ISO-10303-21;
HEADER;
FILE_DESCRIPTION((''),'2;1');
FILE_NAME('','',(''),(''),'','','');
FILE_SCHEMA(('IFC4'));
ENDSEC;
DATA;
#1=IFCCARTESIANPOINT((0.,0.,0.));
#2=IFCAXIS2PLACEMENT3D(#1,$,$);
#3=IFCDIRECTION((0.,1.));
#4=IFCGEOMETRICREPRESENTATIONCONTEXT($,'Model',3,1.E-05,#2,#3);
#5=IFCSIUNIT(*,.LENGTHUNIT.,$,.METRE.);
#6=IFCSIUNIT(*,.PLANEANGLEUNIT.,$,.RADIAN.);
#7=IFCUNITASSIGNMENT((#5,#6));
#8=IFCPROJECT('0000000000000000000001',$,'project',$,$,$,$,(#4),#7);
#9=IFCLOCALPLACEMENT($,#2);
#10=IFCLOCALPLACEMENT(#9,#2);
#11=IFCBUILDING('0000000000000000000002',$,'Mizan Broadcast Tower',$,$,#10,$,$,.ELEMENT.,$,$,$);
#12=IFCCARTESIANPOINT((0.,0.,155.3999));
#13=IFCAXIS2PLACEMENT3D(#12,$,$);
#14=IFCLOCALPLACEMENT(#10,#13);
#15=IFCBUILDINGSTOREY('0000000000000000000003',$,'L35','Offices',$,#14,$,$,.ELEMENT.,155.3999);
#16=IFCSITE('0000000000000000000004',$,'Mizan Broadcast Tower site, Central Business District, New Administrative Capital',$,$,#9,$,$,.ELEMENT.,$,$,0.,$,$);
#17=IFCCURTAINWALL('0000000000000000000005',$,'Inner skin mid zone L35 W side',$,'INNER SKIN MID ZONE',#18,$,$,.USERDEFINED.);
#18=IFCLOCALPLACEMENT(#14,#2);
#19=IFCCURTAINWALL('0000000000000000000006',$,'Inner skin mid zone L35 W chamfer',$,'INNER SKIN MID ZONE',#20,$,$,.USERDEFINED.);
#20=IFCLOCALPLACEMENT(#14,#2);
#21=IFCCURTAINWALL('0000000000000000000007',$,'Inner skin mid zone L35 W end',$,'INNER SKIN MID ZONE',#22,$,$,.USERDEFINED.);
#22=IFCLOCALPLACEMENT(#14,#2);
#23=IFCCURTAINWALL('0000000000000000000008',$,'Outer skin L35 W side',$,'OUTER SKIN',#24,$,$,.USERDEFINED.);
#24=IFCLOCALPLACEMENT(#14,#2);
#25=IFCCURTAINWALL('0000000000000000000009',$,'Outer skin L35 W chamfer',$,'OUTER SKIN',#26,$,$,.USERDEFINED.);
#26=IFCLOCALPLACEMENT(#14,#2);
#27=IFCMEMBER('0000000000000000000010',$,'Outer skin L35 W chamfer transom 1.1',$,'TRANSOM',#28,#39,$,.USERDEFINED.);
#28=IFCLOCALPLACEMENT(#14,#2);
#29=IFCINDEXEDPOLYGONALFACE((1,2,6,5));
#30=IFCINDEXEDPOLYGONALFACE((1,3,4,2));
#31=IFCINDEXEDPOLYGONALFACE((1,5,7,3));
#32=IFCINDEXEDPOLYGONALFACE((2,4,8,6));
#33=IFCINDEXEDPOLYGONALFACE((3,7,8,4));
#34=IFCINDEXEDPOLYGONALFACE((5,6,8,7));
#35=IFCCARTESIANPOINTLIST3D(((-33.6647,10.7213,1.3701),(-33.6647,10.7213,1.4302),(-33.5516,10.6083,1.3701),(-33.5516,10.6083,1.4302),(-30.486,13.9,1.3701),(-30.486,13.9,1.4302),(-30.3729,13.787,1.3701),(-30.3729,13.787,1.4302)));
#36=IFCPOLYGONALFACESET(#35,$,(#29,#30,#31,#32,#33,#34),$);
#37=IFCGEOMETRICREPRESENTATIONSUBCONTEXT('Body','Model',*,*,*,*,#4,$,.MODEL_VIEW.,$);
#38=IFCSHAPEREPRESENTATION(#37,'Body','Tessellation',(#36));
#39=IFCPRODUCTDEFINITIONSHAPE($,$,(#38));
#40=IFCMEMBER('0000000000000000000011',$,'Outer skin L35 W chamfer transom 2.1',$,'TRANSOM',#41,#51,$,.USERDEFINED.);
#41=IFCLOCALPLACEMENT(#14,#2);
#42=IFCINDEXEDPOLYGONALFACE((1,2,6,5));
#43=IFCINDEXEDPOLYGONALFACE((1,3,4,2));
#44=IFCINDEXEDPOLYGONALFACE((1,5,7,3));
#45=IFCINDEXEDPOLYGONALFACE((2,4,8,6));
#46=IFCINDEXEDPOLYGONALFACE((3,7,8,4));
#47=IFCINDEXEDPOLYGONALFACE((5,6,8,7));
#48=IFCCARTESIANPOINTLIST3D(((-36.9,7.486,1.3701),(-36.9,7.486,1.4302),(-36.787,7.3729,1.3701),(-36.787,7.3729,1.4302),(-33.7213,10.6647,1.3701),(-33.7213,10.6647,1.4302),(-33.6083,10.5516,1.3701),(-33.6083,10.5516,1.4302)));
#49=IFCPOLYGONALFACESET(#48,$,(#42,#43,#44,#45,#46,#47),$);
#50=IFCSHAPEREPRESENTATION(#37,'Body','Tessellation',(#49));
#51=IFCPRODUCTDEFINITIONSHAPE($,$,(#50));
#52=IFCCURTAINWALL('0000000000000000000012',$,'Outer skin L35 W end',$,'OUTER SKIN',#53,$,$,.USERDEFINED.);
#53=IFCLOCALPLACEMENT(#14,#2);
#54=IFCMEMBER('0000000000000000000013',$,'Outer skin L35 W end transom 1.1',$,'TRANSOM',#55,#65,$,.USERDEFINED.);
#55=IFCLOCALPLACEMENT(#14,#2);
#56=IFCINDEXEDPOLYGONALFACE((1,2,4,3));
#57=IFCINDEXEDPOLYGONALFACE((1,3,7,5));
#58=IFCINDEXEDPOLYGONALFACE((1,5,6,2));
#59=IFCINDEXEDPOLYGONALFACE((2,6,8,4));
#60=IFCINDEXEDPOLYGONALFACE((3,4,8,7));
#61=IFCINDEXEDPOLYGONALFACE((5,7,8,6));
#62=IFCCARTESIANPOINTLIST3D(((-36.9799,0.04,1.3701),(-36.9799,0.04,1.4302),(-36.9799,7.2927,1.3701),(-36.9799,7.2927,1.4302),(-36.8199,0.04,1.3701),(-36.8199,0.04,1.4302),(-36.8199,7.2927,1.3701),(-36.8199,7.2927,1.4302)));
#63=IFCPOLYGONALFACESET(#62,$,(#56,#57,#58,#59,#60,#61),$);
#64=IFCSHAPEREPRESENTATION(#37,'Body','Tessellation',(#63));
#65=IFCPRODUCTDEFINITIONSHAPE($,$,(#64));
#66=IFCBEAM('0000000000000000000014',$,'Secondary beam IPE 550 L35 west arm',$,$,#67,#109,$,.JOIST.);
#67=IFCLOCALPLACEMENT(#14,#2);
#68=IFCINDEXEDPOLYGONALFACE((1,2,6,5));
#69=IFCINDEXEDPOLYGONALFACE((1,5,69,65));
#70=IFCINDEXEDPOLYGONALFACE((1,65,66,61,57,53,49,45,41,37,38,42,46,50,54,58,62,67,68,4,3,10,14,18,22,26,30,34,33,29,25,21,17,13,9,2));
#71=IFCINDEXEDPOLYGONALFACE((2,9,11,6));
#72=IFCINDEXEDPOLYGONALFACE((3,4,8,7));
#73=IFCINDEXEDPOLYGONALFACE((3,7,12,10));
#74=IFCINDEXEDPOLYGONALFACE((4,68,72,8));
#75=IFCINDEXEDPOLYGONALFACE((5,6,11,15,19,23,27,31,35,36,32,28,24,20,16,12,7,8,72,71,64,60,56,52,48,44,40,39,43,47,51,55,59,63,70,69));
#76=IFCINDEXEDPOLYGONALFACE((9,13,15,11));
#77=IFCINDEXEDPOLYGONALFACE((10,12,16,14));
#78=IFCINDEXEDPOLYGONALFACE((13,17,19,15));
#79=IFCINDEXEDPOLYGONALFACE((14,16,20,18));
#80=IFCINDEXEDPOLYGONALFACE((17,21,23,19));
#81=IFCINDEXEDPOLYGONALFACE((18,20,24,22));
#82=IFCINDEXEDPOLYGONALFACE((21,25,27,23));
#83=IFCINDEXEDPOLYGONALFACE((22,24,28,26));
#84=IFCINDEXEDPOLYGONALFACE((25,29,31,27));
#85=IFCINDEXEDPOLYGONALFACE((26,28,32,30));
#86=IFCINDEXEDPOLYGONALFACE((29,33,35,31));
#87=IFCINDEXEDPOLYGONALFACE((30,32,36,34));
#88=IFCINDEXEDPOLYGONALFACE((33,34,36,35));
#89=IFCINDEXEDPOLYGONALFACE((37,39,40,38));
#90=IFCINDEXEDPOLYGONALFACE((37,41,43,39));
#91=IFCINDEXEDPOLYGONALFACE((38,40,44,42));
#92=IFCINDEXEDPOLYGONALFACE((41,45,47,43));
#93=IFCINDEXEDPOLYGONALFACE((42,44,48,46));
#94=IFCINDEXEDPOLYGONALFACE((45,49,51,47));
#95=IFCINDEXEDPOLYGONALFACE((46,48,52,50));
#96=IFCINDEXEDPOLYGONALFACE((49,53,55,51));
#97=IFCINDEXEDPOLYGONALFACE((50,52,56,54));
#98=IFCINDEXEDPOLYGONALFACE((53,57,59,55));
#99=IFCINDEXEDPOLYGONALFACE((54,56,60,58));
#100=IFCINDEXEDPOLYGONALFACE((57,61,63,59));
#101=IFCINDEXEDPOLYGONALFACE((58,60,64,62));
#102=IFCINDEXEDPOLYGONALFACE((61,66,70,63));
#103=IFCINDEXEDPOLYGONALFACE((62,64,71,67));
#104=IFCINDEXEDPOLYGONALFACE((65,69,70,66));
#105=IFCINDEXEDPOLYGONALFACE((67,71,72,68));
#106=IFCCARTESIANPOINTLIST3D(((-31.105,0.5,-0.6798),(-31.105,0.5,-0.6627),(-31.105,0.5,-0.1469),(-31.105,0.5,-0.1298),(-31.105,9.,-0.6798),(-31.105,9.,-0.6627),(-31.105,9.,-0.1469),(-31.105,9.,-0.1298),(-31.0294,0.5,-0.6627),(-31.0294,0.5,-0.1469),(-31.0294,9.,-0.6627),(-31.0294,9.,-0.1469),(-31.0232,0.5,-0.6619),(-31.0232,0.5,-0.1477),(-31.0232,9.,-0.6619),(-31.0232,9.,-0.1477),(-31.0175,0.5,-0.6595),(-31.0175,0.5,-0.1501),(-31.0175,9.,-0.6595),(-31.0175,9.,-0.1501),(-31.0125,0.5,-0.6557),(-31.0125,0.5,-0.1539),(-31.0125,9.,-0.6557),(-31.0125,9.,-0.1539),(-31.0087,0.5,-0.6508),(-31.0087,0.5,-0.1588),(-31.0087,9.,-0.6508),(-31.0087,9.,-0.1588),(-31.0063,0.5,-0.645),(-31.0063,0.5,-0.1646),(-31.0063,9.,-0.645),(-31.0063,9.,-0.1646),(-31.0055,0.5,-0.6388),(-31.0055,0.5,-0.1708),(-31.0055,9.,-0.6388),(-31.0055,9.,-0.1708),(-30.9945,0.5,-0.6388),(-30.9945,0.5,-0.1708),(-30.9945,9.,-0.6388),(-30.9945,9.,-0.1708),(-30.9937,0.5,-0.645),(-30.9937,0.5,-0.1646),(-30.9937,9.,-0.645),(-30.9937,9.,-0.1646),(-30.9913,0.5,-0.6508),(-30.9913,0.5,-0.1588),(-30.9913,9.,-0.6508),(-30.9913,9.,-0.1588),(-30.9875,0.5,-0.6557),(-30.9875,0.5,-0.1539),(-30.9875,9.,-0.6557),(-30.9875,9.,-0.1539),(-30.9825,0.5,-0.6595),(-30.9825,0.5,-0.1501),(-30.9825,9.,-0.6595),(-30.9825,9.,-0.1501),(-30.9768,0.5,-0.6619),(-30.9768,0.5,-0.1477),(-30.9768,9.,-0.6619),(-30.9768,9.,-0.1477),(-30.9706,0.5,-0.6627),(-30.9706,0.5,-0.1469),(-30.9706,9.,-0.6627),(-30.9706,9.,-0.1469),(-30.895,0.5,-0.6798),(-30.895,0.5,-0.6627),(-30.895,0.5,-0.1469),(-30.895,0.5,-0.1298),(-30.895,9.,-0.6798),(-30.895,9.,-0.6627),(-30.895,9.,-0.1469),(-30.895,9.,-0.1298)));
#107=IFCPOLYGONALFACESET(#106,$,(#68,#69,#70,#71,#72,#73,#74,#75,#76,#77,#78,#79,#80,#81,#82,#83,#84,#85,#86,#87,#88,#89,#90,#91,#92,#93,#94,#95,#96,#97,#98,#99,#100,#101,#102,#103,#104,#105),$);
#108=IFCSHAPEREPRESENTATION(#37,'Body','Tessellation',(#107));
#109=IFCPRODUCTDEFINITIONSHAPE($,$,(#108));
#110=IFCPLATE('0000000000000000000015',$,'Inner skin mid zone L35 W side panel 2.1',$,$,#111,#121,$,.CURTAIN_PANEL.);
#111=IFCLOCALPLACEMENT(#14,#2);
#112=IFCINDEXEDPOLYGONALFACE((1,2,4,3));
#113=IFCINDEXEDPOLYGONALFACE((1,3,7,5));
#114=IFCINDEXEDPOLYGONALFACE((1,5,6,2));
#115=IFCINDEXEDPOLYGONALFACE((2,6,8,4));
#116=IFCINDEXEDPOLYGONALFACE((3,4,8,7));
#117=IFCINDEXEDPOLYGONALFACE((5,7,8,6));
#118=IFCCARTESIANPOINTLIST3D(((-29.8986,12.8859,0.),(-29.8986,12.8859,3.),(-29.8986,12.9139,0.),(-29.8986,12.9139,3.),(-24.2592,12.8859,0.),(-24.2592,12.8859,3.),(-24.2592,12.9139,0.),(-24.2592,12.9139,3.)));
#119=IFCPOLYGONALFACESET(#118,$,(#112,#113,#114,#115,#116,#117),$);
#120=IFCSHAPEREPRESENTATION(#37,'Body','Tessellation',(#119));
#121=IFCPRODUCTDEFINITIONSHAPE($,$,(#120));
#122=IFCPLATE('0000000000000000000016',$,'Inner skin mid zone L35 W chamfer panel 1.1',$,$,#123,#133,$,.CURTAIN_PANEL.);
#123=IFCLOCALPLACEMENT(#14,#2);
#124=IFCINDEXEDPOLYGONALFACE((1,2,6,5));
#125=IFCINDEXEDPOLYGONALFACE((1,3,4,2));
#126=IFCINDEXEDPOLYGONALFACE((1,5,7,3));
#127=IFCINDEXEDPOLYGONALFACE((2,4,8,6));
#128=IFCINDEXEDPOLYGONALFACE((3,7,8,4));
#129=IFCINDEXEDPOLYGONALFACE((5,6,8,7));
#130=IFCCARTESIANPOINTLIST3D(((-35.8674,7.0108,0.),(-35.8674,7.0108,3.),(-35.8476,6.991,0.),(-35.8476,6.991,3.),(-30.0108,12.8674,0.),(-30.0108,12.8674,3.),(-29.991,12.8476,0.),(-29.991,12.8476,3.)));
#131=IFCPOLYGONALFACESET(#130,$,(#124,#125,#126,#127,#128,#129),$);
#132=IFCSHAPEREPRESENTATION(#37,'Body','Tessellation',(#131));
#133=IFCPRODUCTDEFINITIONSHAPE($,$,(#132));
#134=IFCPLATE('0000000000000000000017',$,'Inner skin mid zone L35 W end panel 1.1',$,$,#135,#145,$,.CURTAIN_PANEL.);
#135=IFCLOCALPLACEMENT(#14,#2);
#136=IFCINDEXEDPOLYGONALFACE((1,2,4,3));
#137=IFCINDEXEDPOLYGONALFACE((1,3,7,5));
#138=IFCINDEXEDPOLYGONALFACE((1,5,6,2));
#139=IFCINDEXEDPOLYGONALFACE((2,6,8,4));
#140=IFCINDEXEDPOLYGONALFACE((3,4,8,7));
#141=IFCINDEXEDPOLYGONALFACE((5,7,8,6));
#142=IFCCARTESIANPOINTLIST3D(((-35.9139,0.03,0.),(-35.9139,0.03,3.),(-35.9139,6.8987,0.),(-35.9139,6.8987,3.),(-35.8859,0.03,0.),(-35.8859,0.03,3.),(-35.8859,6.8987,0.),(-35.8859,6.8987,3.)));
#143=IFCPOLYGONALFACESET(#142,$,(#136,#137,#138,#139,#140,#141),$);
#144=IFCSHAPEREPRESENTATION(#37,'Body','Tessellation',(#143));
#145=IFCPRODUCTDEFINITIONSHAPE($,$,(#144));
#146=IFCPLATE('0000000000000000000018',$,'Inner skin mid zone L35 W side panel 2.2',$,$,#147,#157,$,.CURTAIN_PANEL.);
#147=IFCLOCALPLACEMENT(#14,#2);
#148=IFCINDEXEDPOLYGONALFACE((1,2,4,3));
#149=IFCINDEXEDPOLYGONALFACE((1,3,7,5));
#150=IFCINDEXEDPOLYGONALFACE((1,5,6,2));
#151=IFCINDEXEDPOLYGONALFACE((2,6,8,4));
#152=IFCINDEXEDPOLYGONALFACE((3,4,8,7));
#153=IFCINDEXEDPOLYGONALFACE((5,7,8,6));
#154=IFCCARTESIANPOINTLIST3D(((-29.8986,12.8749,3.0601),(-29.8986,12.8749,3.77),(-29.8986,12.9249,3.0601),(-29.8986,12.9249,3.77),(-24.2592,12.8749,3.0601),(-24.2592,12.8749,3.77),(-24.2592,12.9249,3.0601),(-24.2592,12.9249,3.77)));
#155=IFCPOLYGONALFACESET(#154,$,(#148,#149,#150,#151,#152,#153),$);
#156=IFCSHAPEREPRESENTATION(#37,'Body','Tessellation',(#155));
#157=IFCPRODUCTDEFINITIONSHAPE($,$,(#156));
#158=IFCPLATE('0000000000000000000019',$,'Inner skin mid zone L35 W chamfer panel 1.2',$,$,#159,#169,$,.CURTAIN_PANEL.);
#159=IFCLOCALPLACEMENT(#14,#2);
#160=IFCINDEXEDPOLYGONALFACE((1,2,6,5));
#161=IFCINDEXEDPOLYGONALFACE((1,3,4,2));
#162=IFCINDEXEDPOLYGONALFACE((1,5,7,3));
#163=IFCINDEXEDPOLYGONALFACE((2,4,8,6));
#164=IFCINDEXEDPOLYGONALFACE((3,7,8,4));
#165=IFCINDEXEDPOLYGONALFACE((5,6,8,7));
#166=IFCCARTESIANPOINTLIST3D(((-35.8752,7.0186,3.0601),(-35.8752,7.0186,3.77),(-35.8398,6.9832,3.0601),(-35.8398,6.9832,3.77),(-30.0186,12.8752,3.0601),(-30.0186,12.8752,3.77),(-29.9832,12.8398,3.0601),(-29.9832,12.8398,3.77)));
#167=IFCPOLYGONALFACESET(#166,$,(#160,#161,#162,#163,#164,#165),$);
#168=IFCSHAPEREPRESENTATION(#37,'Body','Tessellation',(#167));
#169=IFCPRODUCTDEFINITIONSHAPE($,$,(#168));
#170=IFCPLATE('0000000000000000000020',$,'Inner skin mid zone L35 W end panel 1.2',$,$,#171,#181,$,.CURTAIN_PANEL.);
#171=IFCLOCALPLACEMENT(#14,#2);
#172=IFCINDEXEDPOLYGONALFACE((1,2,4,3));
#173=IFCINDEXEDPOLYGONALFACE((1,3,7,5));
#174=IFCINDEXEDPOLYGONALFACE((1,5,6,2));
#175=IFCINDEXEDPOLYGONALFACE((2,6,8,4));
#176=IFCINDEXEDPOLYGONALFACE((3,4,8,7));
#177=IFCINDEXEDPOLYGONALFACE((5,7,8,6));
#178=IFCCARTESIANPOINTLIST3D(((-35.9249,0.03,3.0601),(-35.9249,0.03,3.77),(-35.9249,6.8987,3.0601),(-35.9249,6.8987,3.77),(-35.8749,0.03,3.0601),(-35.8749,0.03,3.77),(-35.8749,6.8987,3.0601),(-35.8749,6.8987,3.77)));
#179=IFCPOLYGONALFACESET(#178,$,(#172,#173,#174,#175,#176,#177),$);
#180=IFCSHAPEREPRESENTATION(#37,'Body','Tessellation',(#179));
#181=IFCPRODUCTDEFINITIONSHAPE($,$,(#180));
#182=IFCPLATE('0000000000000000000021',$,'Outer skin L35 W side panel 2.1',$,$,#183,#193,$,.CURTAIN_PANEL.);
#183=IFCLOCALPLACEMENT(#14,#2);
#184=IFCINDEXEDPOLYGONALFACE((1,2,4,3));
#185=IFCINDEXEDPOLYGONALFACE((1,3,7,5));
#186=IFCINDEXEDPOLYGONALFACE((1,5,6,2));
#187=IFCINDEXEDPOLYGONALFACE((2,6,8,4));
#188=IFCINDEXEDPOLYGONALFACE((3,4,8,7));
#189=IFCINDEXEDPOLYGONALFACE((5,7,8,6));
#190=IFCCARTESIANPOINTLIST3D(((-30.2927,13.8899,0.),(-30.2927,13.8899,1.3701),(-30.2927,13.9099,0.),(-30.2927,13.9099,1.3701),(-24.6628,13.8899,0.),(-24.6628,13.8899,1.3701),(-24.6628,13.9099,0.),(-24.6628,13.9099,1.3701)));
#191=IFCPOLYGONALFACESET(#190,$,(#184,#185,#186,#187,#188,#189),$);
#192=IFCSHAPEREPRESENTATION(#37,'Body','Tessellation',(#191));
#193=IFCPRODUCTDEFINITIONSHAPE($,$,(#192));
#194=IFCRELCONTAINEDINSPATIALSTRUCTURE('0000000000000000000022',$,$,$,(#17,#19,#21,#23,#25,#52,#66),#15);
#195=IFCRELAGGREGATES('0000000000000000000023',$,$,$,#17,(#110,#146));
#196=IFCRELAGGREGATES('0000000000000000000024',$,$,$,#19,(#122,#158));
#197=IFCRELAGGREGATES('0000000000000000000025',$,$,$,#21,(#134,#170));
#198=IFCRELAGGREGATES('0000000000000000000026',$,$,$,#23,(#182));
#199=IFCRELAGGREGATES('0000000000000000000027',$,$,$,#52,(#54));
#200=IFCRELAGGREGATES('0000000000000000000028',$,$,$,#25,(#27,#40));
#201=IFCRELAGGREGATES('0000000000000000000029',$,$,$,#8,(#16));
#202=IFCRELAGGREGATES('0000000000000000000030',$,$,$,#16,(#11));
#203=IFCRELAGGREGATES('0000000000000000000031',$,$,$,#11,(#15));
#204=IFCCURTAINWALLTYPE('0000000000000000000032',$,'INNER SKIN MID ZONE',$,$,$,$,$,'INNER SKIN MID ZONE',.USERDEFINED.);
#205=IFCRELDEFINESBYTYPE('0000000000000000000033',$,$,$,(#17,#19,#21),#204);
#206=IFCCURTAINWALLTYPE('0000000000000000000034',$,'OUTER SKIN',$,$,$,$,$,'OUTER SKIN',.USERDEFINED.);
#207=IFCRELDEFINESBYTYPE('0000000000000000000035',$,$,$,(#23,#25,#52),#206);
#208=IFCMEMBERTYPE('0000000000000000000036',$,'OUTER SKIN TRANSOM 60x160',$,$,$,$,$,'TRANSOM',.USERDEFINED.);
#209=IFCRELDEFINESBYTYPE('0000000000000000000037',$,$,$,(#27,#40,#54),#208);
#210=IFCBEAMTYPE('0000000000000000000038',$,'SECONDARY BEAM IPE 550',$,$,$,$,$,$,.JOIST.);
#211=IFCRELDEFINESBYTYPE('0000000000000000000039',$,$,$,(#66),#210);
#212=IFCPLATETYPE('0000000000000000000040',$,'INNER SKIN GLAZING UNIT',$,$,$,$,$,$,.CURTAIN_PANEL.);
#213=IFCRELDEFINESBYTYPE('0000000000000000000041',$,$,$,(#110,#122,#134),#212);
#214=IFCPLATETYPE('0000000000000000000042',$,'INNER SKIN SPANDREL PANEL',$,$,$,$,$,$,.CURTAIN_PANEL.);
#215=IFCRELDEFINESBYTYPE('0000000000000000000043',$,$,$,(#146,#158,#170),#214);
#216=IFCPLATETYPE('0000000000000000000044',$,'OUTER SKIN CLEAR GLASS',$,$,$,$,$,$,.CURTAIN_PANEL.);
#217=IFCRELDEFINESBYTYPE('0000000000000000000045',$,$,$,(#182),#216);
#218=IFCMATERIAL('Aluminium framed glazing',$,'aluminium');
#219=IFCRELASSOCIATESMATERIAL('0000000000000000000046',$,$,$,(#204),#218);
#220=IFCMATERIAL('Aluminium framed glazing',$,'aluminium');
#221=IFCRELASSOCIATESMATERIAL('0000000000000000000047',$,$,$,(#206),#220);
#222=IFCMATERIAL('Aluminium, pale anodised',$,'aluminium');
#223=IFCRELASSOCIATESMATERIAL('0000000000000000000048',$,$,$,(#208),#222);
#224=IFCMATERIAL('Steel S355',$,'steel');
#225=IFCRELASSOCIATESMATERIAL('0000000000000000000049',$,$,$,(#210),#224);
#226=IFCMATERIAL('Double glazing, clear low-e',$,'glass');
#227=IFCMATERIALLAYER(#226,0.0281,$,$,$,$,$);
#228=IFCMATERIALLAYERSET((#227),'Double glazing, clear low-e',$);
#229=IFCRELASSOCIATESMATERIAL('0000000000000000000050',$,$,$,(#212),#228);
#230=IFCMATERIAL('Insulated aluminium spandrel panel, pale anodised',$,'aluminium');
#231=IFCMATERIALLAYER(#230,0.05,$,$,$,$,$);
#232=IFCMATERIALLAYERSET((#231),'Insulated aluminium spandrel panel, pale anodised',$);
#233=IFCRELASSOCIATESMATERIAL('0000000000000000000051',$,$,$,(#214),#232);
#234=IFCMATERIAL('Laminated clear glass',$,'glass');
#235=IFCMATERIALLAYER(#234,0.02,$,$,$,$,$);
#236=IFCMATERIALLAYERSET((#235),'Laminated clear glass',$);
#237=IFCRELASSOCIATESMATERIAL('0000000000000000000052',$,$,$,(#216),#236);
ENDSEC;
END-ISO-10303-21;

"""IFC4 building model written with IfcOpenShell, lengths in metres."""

from ifc_helpers import new_model, si_unit, direction, frame, origin, origin_2d, place, context, subcontext, project, spatial, rectangle, i_section, extrude, material, layer, layer_set, material_profile, profile_set, type_object, element, aggregate, save


model = new_model("IFC4")

# Units and contexts
model_context = context("Model", 3, precision=1e-05, world=origin(), true_north=direction((0.0, 1.0)))
body_context = subcontext(model_context, "Body", "Model", "MODEL_VIEW")
ifc_project = project(units=[si_unit("LENGTHUNIT", "METRE"), si_unit("PLANEANGLEUNIT", "RADIAN")], contexts=[model_context])

# Site, building, storey
site_placement = place(None, origin())
site = spatial("IfcSite", under=ifc_project, at=site_placement, Name="Mizan Broadcast Tower site, Central Business District, New Administrative Capital", CompositionType="ELEMENT", RefElevation=0.0)
building_placement = place(site_placement, origin())
building = spatial("IfcBuilding", under=site, at=building_placement, Name="Mizan Broadcast Tower", CompositionType="ELEMENT")
storey_placement = place(building_placement, frame((0.0, 0.0, 155.3999)))
storey = spatial("IfcBuildingStorey", under=building, at=storey_placement, Name="L35", Description="Offices", CompositionType="ELEMENT", Elevation=155.3999)

# Curtain wall
ifc_material_1 = material(Name="Aluminium framed glazing", Category="aluminium")
curtain_wall_type_1 = type_object("IfcCurtainWallType", Name="INNER SKIN MID ZONE", ElementType="INNER SKIN MID ZONE", PredefinedType="USERDEFINED", material=ifc_material_1)
curtain_wall_1_placement = place(storey_placement, origin())
curtain_wall_1 = element("IfcCurtainWall", 1, at=curtain_wall_1_placement, inside=storey, type_object=curtain_wall_type_1, Name="Inner skin mid zone L35 W side", ObjectType="INNER SKIN MID ZONE", PredefinedType="USERDEFINED")

# Curtain wall
curtain_wall_2_placement = place(storey_placement, origin())
curtain_wall_2 = element("IfcCurtainWall", 2, at=curtain_wall_2_placement, inside=storey, type_object=curtain_wall_type_1, Name="Inner skin mid zone L35 W chamfer", ObjectType="INNER SKIN MID ZONE", PredefinedType="USERDEFINED")

# Curtain walls
curtain_wall_3_placement = place(storey_placement, origin())
curtain_wall_3 = element("IfcCurtainWall", 3, at=curtain_wall_3_placement, inside=storey, type_object=curtain_wall_type_1, Name="Inner skin mid zone L35 W end", ObjectType="INNER SKIN MID ZONE", PredefinedType="USERDEFINED")
ifc_material_2 = material(Name="Aluminium framed glazing", Category="aluminium")
curtain_wall_type_2 = type_object("IfcCurtainWallType", Name="OUTER SKIN", ElementType="OUTER SKIN", PredefinedType="USERDEFINED", material=ifc_material_2)
curtain_wall_4_placement = place(storey_placement, origin())
curtain_wall_4 = element("IfcCurtainWall", 4, at=curtain_wall_4_placement, inside=storey, type_object=curtain_wall_type_2, Name="Outer skin L35 W side", ObjectType="OUTER SKIN", PredefinedType="USERDEFINED")

# Curtain wall, members
curtain_wall_5_placement = place(storey_placement, origin())
curtain_wall_5 = element("IfcCurtainWall", 5, at=curtain_wall_5_placement, inside=storey, type_object=curtain_wall_type_2, Name="Outer skin L35 W chamfer", ObjectType="OUTER SKIN", PredefinedType="USERDEFINED")
ifc_material_3 = material(Name="Aluminium, pale anodised", Category="aluminium")
ifc_material_profile_1 = material_profile(ifc_material_3, rectangle(XDim=0.1599, YDim=0.0601, at=origin_2d()), Name="TRANSOM 160x60")
ifc_profile_set_1 = profile_set([ifc_material_profile_1], Name="Aluminium, pale anodised")
member_type_1 = type_object("IfcMemberType", Name="OUTER SKIN TRANSOM 60x160", ElementType="TRANSOM", PredefinedType="USERDEFINED", material=ifc_profile_set_1)
member_1_placement = place(storey_placement, frame((-30.4294, 13.8435, 1.4001), z_axis=(-0.707107, -0.707107, 0.0), x_axis=(0.707107, -0.707107, 0.0)))
member_1 = element("IfcMember", 6, at=member_1_placement, type_object=member_type_1, Name="Outer skin L35 W chamfer transom 1.1", ObjectType="TRANSOM", PredefinedType="USERDEFINED", context=body_context, shape_type="SweptSolid", body=[
    extrude(rectangle(XDim=0.1599, YDim=0.0601, at=origin_2d()), origin(), (0.0, 0.0, 1.0), 4.4954),
])
member_2_placement = place(storey_placement, frame((-33.6648, 10.6082, 1.4001), z_axis=(-0.707107, -0.707107, 0.0), x_axis=(0.707107, -0.707107, 0.0)))
member_2 = element("IfcMember", 7, at=member_2_placement, type_object=member_type_1, Name="Outer skin L35 W chamfer transom 2.1", ObjectType="TRANSOM", PredefinedType="USERDEFINED", context=body_context, shape_type="SweptSolid", body=[
    extrude(rectangle(XDim=0.1599, YDim=0.0601, at=origin_2d()), origin(), (0.0, 0.0, 1.0), 4.4954),
])

# Curtain wall, member
curtain_wall_6_placement = place(storey_placement, origin())
curtain_wall_6 = element("IfcCurtainWall", 8, at=curtain_wall_6_placement, inside=storey, type_object=curtain_wall_type_2, Name="Outer skin L35 W end", ObjectType="OUTER SKIN", PredefinedType="USERDEFINED")
member_3_placement = place(storey_placement, frame((-36.8999, 7.2927, 1.4001), z_axis=(0.0, -1.0, 0.0), x_axis=(1.0, 0.0, 0.0)))
member_3 = element("IfcMember", 9, at=member_3_placement, type_object=member_type_1, Name="Outer skin L35 W end transom 1.1", ObjectType="TRANSOM", PredefinedType="USERDEFINED", context=body_context, shape_type="SweptSolid", body=[
    extrude(rectangle(XDim=0.1599, YDim=0.0601, at=origin_2d()), origin(), (0.0, 0.0, 1.0), 7.2527),
])

# Beam
ifc_material_4 = material(Name="Steel S355", Category="steel")
ifc_material_profile_2 = material_profile(ifc_material_4, i_section(OverallWidth=0.21, OverallDepth=0.55, WebThickness=0.011, FlangeThickness=0.0171, FilletRadius=0.0239, at=origin_2d()), Name="IPE 550")
ifc_profile_set_2 = profile_set([ifc_material_profile_2], Name="Steel S355")
beam_type_1 = type_object("IfcBeamType", Name="SECONDARY BEAM IPE 550", PredefinedType="JOIST", material=ifc_profile_set_2)
beam_1_placement = place(storey_placement, frame((-31.0, 9.0, -0.4048), z_axis=(0.0, -1.0, 0.0), x_axis=(1.0, 0.0, 0.0)))
element("IfcBeam", 10, at=beam_1_placement, inside=storey, type_object=beam_type_1, Name="Secondary beam IPE 550 L35 west arm", PredefinedType="JOIST", context=body_context, shape_type="SweptSolid", body=[
    extrude(i_section(OverallWidth=0.21, OverallDepth=0.55, WebThickness=0.011, FlangeThickness=0.0171, FilletRadius=0.0239, at=origin_2d()), origin(), (0.0, 0.0, 1.0), 8.5),
])

# Plates
ifc_material_5 = material(Name="Double glazing, clear low-e", Category="glass")
ifc_layer_1 = layer(ifc_material_5, 0.0281)
ifc_layer_set_1 = layer_set([ifc_layer_1], Name="Double glazing, clear low-e")
plate_type_1 = type_object("IfcPlateType", Name="INNER SKIN GLAZING UNIT", PredefinedType="CURTAIN_PANEL", material=ifc_layer_set_1)
plate_1_placement = place(storey_placement, frame((-27.0789, 12.8999, 0.0), z_axis=(0.0, 0.0, 1.0), x_axis=(-1.0, 0.0, 0.0)))
plate_1 = element("IfcPlate", 11, at=plate_1_placement, type_object=plate_type_1, Name="Inner skin mid zone L35 W side panel 2.1", PredefinedType="CURTAIN_PANEL", context=body_context, shape_type="SweptSolid", body=[
    extrude(rectangle(XDim=5.6394, YDim=0.0281, at=origin_2d()), origin(), (0.0, 0.0, 1.0), 3.0),
])
plate_2_placement = place(storey_placement, frame((-32.9292, 9.9292, 0.0), z_axis=(0.0, 0.0, 1.0), x_axis=(-0.707107, -0.707107, 0.0)))
plate_2 = element("IfcPlate", 12, at=plate_2_placement, type_object=plate_type_1, Name="Inner skin mid zone L35 W chamfer panel 1.1", PredefinedType="CURTAIN_PANEL", context=body_context, shape_type="SweptSolid", body=[
    extrude(rectangle(XDim=8.2825, YDim=0.0281, at=origin_2d()), origin(), (0.0, 0.0, 1.0), 3.0),
])
plate_3_placement = place(storey_placement, frame((-35.8999, 3.4644, 0.0), z_axis=(0.0, 0.0, 1.0), x_axis=(0.0, -1.0, 0.0)))
plate_3 = element("IfcPlate", 13, at=plate_3_placement, type_object=plate_type_1, Name="Inner skin mid zone L35 W end panel 1.1", PredefinedType="CURTAIN_PANEL", context=body_context, shape_type="SweptSolid", body=[
    extrude(rectangle(XDim=6.8687, YDim=0.0281, at=origin_2d()), origin(), (0.0, 0.0, 1.0), 3.0),
])
ifc_material_6 = material(Name="Insulated aluminium spandrel panel, pale anodised", Category="aluminium")
ifc_layer_2 = layer(ifc_material_6, 0.05)
ifc_layer_set_2 = layer_set([ifc_layer_2], Name="Insulated aluminium spandrel panel, pale anodised")
plate_type_2 = type_object("IfcPlateType", Name="INNER SKIN SPANDREL PANEL", PredefinedType="CURTAIN_PANEL", material=ifc_layer_set_2)
plate_4_placement = place(storey_placement, frame((-27.0789, 12.8999, 3.0601), z_axis=(0.0, 0.0, 1.0), x_axis=(-1.0, 0.0, 0.0)))
plate_4 = element("IfcPlate", 14, at=plate_4_placement, type_object=plate_type_2, Name="Inner skin mid zone L35 W side panel 2.2", PredefinedType="CURTAIN_PANEL", context=body_context, shape_type="SweptSolid", body=[
    extrude(rectangle(XDim=5.6394, YDim=0.05, at=origin_2d()), origin(), (0.0, 0.0, 1.0), 0.71),
])
aggregate(curtain_wall_1, [plate_1, plate_4])
plate_5_placement = place(storey_placement, frame((-32.9292, 9.9292, 3.0601), z_axis=(0.0, 0.0, 1.0), x_axis=(-0.707107, -0.707107, 0.0)))
plate_5 = element("IfcPlate", 15, at=plate_5_placement, type_object=plate_type_2, Name="Inner skin mid zone L35 W chamfer panel 1.2", PredefinedType="CURTAIN_PANEL", context=body_context, shape_type="SweptSolid", body=[
    extrude(rectangle(XDim=8.2825, YDim=0.05, at=origin_2d()), origin(), (0.0, 0.0, 1.0), 0.71),
])
aggregate(curtain_wall_2, [plate_2, plate_5])
plate_6_placement = place(storey_placement, frame((-35.8999, 3.4644, 3.0601), z_axis=(0.0, 0.0, 1.0), x_axis=(0.0, -1.0, 0.0)))
plate_6 = element("IfcPlate", 16, at=plate_6_placement, type_object=plate_type_2, Name="Inner skin mid zone L35 W end panel 1.2", PredefinedType="CURTAIN_PANEL", context=body_context, shape_type="SweptSolid", body=[
    extrude(rectangle(XDim=6.8687, YDim=0.05, at=origin_2d()), origin(), (0.0, 0.0, 1.0), 0.71),
])
aggregate(curtain_wall_3, [plate_3, plate_6])
ifc_material_7 = material(Name="Laminated clear glass", Category="glass")
ifc_layer_3 = layer(ifc_material_7, 0.02)
ifc_layer_set_3 = layer_set([ifc_layer_3], Name="Laminated clear glass")
plate_type_3 = type_object("IfcPlateType", Name="OUTER SKIN CLEAR GLASS", PredefinedType="CURTAIN_PANEL", material=ifc_layer_set_3)
plate_7_placement = place(storey_placement, frame((-27.4778, 13.8999, 0.0), z_axis=(0.0, 0.0, 1.0), x_axis=(-1.0, 0.0, 0.0)))
plate_7 = element("IfcPlate", 17, at=plate_7_placement, type_object=plate_type_3, Name="Outer skin L35 W side panel 2.1", PredefinedType="CURTAIN_PANEL", context=body_context, shape_type="SweptSolid", body=[
    extrude(rectangle(XDim=5.6299, YDim=0.02, at=origin_2d()), origin(), (0.0, 0.0, 1.0), 1.3701),
])
aggregate(curtain_wall_4, [plate_7])
aggregate(curtain_wall_6, [member_3])
aggregate(curtain_wall_5, [member_1, member_2])

save(model, "model.ifc")
